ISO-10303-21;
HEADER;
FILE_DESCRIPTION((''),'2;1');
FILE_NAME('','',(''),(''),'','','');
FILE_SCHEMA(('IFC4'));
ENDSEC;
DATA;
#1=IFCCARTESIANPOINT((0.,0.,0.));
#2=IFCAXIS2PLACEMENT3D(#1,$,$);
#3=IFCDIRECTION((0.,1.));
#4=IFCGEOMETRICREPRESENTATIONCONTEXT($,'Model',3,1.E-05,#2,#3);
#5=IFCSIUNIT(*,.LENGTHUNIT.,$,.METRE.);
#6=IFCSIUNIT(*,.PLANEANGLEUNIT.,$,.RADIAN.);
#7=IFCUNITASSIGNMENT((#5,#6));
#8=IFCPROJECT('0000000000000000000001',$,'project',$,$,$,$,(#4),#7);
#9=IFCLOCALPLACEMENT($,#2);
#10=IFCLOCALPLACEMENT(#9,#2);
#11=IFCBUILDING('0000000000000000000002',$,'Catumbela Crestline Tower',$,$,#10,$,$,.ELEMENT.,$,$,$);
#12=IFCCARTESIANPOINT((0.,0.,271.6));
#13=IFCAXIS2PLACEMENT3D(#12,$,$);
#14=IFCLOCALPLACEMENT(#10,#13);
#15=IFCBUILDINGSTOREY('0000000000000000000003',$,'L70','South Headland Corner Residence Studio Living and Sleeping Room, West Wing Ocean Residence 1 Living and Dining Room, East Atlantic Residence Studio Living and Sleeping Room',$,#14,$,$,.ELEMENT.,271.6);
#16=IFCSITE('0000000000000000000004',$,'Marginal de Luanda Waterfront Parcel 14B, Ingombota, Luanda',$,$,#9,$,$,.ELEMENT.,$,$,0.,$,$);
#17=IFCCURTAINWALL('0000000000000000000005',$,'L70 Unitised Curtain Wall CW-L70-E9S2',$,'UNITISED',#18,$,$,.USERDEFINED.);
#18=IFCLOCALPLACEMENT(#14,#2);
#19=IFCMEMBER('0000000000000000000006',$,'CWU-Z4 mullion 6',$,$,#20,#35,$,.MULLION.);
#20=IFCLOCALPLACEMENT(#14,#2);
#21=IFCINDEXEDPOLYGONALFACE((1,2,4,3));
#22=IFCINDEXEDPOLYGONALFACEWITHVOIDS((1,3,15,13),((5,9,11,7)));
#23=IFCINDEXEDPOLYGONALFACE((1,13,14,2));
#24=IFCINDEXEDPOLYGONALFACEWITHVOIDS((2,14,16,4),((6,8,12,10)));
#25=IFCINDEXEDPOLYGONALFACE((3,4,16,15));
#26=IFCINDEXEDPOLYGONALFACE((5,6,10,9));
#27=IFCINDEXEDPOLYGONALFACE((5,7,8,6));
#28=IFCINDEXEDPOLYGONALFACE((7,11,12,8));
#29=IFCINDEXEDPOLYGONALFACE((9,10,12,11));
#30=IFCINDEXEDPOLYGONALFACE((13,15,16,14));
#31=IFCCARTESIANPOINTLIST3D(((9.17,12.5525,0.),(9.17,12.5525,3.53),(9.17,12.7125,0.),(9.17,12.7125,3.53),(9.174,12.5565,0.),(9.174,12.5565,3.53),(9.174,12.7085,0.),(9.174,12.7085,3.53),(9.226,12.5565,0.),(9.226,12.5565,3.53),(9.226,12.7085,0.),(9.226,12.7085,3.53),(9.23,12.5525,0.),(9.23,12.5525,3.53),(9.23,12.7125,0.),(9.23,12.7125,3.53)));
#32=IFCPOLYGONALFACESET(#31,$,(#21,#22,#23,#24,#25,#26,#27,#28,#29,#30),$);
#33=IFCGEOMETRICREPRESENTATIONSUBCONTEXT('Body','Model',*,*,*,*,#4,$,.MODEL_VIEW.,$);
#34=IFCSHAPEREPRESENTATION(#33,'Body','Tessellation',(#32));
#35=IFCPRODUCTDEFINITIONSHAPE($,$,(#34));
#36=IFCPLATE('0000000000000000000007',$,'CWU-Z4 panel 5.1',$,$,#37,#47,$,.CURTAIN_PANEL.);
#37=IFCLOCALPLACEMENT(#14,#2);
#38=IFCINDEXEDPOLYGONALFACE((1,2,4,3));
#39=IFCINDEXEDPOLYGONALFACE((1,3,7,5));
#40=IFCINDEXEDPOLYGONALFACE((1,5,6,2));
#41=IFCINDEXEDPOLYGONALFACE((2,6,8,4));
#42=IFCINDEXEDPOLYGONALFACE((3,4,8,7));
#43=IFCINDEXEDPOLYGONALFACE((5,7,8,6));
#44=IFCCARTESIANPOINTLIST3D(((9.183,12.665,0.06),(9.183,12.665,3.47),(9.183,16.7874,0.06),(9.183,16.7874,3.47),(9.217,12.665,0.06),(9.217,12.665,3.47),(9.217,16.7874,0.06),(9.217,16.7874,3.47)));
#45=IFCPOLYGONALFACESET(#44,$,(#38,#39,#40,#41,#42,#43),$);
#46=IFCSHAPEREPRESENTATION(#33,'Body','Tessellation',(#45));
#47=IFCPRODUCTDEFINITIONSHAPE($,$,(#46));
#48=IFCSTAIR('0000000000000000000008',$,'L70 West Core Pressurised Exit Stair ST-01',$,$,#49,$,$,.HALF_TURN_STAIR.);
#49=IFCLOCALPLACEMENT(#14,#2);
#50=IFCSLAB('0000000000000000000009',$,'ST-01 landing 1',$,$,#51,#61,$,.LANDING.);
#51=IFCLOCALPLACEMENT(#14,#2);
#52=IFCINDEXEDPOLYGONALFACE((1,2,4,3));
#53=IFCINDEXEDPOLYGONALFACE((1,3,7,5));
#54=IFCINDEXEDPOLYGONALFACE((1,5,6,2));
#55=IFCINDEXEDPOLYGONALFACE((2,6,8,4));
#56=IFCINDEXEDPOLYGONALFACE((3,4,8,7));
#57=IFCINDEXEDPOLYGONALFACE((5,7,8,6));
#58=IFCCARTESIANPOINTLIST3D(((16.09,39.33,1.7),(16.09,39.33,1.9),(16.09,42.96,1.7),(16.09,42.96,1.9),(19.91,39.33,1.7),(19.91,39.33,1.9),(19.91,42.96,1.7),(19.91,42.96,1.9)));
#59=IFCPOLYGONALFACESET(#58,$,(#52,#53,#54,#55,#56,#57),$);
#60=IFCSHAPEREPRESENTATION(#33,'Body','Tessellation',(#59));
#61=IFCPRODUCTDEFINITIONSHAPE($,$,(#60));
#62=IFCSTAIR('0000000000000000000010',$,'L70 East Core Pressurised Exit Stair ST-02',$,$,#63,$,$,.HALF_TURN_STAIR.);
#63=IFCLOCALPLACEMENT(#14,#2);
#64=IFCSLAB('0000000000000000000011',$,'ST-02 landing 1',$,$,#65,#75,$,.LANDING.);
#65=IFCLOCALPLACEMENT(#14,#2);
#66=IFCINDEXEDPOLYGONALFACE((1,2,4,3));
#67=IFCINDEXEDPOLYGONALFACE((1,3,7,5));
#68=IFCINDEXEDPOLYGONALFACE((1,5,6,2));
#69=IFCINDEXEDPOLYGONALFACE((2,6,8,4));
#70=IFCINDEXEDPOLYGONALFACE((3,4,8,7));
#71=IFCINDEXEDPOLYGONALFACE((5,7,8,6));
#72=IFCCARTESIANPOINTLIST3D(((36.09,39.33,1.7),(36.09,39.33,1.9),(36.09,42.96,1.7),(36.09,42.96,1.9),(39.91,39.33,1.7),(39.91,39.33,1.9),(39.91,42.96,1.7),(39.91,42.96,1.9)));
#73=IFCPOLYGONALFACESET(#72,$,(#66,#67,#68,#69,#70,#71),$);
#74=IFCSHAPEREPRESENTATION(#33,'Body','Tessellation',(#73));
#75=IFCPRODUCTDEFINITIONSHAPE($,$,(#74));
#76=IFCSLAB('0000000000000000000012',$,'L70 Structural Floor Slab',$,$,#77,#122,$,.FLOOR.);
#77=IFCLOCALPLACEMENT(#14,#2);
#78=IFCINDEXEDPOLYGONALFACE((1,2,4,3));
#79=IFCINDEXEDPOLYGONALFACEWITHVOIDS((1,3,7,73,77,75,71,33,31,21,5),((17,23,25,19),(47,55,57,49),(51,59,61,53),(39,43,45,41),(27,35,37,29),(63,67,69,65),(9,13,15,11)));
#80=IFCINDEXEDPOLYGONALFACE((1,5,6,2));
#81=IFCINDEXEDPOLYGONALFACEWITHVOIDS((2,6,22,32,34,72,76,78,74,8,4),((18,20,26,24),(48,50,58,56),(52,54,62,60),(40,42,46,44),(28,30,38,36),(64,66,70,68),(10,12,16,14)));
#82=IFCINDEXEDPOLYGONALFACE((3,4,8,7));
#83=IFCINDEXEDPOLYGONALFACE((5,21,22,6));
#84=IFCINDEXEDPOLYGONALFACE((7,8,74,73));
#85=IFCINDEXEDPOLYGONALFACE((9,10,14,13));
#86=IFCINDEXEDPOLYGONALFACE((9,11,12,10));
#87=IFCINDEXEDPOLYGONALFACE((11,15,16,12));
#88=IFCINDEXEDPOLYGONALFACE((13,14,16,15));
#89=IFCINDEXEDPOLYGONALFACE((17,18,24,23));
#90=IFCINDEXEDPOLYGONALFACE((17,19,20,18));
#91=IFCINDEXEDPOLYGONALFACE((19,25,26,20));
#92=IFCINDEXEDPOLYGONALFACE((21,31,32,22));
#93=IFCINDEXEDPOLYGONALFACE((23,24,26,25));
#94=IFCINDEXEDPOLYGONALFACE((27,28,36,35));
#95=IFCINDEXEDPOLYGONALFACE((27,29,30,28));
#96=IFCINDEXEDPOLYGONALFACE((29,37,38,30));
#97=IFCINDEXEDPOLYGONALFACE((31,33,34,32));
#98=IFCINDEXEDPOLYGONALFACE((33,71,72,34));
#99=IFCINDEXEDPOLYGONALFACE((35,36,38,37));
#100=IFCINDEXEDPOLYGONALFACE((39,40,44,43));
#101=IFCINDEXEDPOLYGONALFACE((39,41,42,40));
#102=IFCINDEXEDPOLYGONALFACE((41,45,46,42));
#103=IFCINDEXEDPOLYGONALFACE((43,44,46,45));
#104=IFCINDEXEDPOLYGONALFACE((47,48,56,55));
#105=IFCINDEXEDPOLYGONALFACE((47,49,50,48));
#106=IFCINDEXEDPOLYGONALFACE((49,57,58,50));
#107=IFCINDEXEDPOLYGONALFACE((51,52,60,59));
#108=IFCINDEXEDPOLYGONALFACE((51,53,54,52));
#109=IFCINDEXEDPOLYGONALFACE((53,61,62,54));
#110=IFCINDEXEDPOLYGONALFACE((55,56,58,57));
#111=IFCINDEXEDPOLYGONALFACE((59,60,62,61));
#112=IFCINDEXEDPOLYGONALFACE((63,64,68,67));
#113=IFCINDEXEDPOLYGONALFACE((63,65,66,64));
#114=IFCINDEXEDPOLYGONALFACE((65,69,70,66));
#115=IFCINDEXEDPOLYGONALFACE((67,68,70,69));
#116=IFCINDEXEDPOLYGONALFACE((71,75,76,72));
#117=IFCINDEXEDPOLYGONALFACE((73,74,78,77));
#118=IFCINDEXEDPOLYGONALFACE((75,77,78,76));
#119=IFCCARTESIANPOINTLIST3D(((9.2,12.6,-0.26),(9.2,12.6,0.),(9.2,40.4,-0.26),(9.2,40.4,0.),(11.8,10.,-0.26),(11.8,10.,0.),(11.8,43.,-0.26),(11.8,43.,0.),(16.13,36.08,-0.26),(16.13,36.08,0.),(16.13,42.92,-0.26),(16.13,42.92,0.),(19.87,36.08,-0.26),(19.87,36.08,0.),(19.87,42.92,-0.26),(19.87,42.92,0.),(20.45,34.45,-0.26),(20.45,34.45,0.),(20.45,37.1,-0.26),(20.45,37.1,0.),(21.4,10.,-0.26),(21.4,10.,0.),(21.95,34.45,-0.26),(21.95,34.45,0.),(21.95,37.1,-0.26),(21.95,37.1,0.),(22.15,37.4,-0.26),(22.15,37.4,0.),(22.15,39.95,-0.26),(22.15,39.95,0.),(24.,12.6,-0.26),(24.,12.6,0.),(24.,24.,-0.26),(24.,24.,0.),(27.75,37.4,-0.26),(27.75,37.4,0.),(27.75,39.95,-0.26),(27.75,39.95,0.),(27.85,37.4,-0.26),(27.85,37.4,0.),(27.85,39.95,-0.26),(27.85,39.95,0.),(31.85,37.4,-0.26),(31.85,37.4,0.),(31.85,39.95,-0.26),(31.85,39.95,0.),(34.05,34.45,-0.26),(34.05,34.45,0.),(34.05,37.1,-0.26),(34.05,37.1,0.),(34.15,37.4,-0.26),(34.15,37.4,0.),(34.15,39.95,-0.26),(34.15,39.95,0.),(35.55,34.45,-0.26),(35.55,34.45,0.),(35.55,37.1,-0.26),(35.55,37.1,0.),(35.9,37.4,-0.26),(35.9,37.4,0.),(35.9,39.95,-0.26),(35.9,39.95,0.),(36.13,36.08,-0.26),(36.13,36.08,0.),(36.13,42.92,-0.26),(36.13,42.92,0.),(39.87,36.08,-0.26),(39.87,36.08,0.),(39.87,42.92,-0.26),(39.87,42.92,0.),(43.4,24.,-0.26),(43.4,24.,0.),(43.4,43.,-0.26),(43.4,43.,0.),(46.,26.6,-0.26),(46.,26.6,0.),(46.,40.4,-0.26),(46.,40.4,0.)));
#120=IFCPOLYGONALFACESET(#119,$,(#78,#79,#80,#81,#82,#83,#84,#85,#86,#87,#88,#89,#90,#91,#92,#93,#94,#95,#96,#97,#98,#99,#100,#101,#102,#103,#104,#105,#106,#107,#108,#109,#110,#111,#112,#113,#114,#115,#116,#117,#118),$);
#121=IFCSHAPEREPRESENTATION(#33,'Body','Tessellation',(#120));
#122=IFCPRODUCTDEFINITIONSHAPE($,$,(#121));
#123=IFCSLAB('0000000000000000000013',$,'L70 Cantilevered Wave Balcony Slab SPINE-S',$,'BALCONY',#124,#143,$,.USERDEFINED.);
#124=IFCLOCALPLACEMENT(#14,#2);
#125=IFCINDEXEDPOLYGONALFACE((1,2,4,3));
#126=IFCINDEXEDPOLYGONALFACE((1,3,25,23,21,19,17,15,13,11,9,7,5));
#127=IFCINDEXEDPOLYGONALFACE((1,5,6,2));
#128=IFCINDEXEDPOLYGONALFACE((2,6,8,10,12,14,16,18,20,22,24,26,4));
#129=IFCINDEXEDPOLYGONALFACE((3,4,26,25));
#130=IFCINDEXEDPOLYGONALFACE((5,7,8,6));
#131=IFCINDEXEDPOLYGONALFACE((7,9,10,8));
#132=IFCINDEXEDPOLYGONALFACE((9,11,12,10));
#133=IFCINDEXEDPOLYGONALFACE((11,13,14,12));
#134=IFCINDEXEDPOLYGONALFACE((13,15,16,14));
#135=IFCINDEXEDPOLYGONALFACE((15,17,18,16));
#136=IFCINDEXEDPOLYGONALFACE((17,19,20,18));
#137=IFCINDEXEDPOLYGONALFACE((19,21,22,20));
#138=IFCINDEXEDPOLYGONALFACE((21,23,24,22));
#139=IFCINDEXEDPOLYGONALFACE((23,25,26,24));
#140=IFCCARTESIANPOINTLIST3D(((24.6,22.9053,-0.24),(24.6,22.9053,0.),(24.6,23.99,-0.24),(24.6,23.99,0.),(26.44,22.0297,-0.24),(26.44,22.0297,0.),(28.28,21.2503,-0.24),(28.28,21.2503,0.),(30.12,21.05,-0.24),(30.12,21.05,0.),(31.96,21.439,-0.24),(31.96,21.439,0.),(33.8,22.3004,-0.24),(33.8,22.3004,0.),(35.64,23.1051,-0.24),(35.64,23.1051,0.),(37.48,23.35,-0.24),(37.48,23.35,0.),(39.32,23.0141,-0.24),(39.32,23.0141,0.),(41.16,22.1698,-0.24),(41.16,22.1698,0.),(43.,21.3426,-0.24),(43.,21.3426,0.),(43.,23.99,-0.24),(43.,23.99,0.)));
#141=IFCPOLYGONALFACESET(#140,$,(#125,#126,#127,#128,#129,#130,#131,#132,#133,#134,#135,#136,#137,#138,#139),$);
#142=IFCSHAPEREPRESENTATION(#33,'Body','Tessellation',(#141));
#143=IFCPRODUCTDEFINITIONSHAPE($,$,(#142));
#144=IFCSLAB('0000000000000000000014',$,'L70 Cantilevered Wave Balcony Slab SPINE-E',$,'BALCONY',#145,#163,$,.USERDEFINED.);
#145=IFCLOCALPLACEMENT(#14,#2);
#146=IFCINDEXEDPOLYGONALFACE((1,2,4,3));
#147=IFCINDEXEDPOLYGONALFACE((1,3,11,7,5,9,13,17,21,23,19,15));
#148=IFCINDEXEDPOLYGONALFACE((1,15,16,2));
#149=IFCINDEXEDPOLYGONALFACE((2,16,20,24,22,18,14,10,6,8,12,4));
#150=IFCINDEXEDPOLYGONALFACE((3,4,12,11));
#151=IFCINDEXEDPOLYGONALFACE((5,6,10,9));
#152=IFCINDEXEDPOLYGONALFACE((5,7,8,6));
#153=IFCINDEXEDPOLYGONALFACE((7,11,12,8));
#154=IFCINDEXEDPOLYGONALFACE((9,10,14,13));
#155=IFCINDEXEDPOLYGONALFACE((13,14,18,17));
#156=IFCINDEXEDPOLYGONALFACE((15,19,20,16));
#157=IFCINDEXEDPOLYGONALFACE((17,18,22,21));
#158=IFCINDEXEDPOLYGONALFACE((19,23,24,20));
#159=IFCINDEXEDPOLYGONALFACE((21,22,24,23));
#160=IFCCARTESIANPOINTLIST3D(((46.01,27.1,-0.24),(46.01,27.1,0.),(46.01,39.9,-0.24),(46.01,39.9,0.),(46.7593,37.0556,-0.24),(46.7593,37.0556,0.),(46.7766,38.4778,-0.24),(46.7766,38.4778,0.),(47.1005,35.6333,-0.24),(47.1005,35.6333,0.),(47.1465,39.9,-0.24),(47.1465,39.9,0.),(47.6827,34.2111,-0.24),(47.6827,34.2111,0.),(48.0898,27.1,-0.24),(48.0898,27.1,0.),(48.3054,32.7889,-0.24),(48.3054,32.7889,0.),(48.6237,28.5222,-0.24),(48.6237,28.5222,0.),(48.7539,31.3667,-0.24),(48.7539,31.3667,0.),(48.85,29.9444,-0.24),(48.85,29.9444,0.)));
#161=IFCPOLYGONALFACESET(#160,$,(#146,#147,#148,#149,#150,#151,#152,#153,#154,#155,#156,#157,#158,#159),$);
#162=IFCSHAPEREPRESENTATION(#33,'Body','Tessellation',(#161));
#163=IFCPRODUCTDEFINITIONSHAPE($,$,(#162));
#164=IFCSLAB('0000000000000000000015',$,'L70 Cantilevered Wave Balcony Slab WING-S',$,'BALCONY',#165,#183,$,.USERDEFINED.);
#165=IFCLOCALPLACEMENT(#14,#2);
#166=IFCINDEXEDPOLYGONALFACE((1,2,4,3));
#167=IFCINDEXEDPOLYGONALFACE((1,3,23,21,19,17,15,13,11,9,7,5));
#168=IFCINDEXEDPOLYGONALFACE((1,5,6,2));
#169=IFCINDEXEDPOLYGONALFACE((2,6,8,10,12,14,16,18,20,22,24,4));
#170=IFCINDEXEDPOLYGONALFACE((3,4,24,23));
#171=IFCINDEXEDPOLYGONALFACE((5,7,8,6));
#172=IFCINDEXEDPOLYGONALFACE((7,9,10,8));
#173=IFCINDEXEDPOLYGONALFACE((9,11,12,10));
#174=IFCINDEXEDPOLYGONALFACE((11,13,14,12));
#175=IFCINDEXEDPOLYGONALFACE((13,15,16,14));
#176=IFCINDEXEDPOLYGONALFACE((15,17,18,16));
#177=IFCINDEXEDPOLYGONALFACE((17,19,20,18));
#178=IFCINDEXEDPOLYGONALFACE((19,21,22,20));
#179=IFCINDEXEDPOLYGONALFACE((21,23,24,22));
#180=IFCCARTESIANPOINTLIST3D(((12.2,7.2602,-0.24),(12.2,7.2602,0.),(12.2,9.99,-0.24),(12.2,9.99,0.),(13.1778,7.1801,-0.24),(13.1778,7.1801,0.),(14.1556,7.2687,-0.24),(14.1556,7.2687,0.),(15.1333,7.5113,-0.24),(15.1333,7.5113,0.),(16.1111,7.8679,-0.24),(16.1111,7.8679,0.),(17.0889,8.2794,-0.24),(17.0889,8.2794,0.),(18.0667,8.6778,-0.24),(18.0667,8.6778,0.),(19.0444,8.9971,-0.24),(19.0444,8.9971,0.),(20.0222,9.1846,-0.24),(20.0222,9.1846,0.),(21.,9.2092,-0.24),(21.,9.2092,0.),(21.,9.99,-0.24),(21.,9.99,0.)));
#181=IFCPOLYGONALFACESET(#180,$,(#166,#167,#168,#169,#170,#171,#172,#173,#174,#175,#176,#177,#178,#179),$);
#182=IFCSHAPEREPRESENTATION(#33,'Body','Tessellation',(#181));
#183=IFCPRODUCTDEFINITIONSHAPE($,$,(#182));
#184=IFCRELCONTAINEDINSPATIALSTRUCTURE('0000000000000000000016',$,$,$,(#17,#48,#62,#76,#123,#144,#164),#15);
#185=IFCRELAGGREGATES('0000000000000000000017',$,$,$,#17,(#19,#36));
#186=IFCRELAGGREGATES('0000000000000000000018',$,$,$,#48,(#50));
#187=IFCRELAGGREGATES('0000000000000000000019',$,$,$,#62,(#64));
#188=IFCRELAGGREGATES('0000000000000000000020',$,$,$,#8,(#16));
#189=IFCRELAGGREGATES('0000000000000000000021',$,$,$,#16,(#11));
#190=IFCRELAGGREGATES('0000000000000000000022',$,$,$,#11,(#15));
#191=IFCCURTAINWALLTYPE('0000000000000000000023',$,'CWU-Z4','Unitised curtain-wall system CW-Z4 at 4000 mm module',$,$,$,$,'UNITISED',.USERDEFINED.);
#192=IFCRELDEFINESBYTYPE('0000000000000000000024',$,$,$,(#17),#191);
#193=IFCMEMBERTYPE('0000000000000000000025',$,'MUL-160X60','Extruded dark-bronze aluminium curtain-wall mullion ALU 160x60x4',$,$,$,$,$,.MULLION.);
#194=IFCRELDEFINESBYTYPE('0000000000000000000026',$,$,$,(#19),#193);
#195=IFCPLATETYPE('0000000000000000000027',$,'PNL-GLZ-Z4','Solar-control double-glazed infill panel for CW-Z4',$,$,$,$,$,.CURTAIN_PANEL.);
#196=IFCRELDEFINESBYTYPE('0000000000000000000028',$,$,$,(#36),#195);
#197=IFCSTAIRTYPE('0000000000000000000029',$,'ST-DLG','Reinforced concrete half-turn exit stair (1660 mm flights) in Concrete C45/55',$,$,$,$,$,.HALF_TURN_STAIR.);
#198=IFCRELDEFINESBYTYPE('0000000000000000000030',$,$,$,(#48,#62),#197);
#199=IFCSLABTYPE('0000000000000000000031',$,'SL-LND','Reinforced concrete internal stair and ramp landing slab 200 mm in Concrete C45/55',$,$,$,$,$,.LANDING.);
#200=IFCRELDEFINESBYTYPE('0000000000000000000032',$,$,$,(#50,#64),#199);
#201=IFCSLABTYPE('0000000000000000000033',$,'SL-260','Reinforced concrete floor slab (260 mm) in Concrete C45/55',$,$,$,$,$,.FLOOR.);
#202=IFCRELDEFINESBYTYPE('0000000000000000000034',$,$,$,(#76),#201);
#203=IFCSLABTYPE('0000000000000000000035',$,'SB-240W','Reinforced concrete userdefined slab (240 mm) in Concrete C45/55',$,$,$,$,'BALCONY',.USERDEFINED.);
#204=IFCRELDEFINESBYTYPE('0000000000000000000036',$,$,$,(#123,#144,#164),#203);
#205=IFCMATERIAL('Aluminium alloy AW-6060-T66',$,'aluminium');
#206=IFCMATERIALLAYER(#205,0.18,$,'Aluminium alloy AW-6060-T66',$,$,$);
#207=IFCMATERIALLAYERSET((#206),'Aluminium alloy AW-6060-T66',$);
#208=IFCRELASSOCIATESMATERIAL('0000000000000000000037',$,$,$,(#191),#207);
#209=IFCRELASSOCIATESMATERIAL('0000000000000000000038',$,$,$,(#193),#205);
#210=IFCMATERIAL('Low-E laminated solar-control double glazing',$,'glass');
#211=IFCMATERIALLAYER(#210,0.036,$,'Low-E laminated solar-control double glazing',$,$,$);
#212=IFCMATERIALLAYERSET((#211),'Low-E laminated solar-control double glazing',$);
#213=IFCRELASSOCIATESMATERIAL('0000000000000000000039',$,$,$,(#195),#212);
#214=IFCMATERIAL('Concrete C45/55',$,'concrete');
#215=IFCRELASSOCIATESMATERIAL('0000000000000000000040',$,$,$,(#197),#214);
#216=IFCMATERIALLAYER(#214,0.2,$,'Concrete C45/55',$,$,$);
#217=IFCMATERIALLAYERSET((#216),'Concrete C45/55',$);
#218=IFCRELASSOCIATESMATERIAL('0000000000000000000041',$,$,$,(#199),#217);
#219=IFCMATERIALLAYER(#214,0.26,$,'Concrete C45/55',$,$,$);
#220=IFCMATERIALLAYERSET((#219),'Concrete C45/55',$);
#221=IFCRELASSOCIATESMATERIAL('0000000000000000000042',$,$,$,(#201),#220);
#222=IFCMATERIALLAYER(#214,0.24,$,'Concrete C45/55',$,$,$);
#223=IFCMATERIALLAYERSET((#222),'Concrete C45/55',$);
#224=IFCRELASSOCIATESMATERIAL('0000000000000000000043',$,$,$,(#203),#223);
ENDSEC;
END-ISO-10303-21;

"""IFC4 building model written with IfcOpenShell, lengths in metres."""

from ifc_helpers import new_model, si_unit, direction, frame, origin, origin_2d, place, context, subcontext, project, spatial, polyline, rectangle, hollow_rectangle, outline, extrude, material, layer, layer_set, material_profile, profile_set, type_object, element, aggregate, save


model = new_model("IFC4")

# Units and contexts
model_context = context("Model", 3, precision=1e-05, world=origin(), true_north=direction((0.0, 1.0)))
body_context = subcontext(model_context, "Body", "Model", "MODEL_VIEW")
ifc_project = project(units=[si_unit("LENGTHUNIT", "METRE"), si_unit("PLANEANGLEUNIT", "RADIAN")], contexts=[model_context])

# Site, building, storey
site_placement = place(None, origin())
site = spatial("IfcSite", under=ifc_project, at=site_placement, Name="Marginal de Luanda Waterfront Parcel 14B, Ingombota, Luanda", CompositionType="ELEMENT", RefElevation=0.0)
building_placement = place(site_placement, origin())
building = spatial("IfcBuilding", under=site, at=building_placement, Name="Catumbela Crestline Tower", CompositionType="ELEMENT")
storey_placement = place(building_placement, frame((0.0, 0.0, 271.6)))
storey = spatial("IfcBuildingStorey", under=building, at=storey_placement, Name="L70", Description="South Headland Corner Residence Studio Living and Sleeping Room, West Wing Ocean Residence 1 Living and Dining Room, East Atlantic Residence Studio Living and Sleeping Room", CompositionType="ELEMENT", Elevation=271.6)

# Curtain wall, member, plate
ifc_material_1 = material(Name="Aluminium alloy AW-6060-T66", Category="aluminium")
ifc_layer_1 = layer(ifc_material_1, 0.18, Name="Aluminium alloy AW-6060-T66")
ifc_layer_set_1 = layer_set([ifc_layer_1], Name="Aluminium alloy AW-6060-T66")
curtain_wall_type = type_object("IfcCurtainWallType", Name="CWU-Z4", Description="Unitised curtain-wall system CW-Z4 at 4000 mm module", ElementType="UNITISED", PredefinedType="USERDEFINED", material=ifc_layer_set_1)
curtain_wall_placement = place(storey_placement, origin())
curtain_wall = element("IfcCurtainWall", 1, at=curtain_wall_placement, inside=storey, type_object=curtain_wall_type, Name="L70 Unitised Curtain Wall CW-L70-E9S2", ObjectType="UNITISED", PredefinedType="USERDEFINED")
ifc_material_profile = material_profile(ifc_material_1, hollow_rectangle(XDim=0.06, YDim=0.16, WallThickness=0.004, at=origin_2d()), Name="ALU 160x60x4")
ifc_profile_set = profile_set([ifc_material_profile], Name="Aluminium alloy AW-6060-T66")
member_type = type_object("IfcMemberType", Name="MUL-160X60", Description="Extruded dark-bronze aluminium curtain-wall mullion ALU 160x60x4", PredefinedType="MULLION", material=ifc_profile_set)
member_placement = place(storey_placement, frame((9.2, 12.6325, 0.0), z_axis=(0.0, 0.0, 1.0), x_axis=(1.0, 0.0, 0.0)))
member = element("IfcMember", 2, at=member_placement, type_object=member_type, Name="CWU-Z4 mullion 6", PredefinedType="MULLION", context=body_context, shape_type="SweptSolid", body=[
    extrude(hollow_rectangle(XDim=0.06, YDim=0.16, WallThickness=0.004, at=origin_2d()), origin(), (0.0, 0.0, 1.0), 3.53),
])
ifc_material_2 = material(Name="Low-E laminated solar-control double glazing", Category="glass")
ifc_layer_2 = layer(ifc_material_2, 0.036, Name="Low-E laminated solar-control double glazing")
ifc_layer_set_2 = layer_set([ifc_layer_2], Name="Low-E laminated solar-control double glazing")
plate_type = type_object("IfcPlateType", Name="PNL-GLZ-Z4", Description="Solar-control double-glazed infill panel for CW-Z4", PredefinedType="CURTAIN_PANEL", material=ifc_layer_set_2)
plate_placement = place(storey_placement, frame((9.2, 14.7262, 0.06), z_axis=(0.0, 0.0, 1.0), x_axis=(0.0, -1.0, 0.0)))
plate = element("IfcPlate", 3, at=plate_placement, type_object=plate_type, Name="CWU-Z4 panel 5.1", PredefinedType="CURTAIN_PANEL", context=body_context, shape_type="SweptSolid", body=[
    extrude(rectangle(XDim=4.1225, YDim=0.034, at=origin_2d()), origin(), (0.0, 0.0, 1.0), 3.41),
])
aggregate(curtain_wall, [member, plate])

# Stairs, slabs
ifc_material_3 = material(Name="Concrete C45/55", Category="concrete")
stair_type = type_object("IfcStairType", Name="ST-DLG", Description="Reinforced concrete half-turn exit stair (1660 mm flights) in Concrete C45/55", PredefinedType="HALF_TURN_STAIR", material=ifc_material_3)
stair_1_placement = place(storey_placement, origin())
stair_1 = element("IfcStair", 4, at=stair_1_placement, inside=storey, type_object=stair_type, Name="L70 West Core Pressurised Exit Stair ST-01", PredefinedType="HALF_TURN_STAIR")
ifc_layer_3 = layer(ifc_material_3, 0.2, Name="Concrete C45/55")
ifc_layer_set_3 = layer_set([ifc_layer_3], Name="Concrete C45/55")
slab_type_1 = type_object("IfcSlabType", Name="SL-LND", Description="Reinforced concrete internal stair and ramp landing slab 200 mm in Concrete C45/55", PredefinedType="LANDING", material=ifc_layer_set_3)
slab_1_placement = place(storey_placement, frame((0.0, 0.0, 1.7)))
slab_1 = element("IfcSlab", 5, at=slab_1_placement, type_object=slab_type_1, Name="ST-01 landing 1", PredefinedType="LANDING", context=body_context, shape_type="SweptSolid", body=[
    extrude(outline(polyline([(19.91, 39.33), (19.91, 42.96), (16.09, 42.96), (16.09, 39.33), (19.91, 39.33)])), origin(), (0.0, 0.0, 1.0), 0.2),
])
aggregate(stair_1, [slab_1])
stair_2_placement = place(storey_placement, origin())
stair_2 = element("IfcStair", 6, at=stair_2_placement, inside=storey, type_object=stair_type, Name="L70 East Core Pressurised Exit Stair ST-02", PredefinedType="HALF_TURN_STAIR")
slab_2_placement = place(storey_placement, frame((0.0, 0.0, 1.7)))
slab_2 = element("IfcSlab", 7, at=slab_2_placement, type_object=slab_type_1, Name="ST-02 landing 1", PredefinedType="LANDING", context=body_context, shape_type="SweptSolid", body=[
    extrude(outline(polyline([(39.91, 39.33), (39.91, 42.96), (36.09, 42.96), (36.09, 39.33), (39.91, 39.33)])), origin(), (0.0, 0.0, 1.0), 0.2),
])
aggregate(stair_2, [slab_2])

# Slabs
ifc_layer_4 = layer(ifc_material_3, 0.26, Name="Concrete C45/55")
ifc_layer_set_4 = layer_set([ifc_layer_4], Name="Concrete C45/55")
slab_type_2 = type_object("IfcSlabType", Name="SL-260", Description="Reinforced concrete floor slab (260 mm) in Concrete C45/55", PredefinedType="FLOOR", material=ifc_layer_set_4)
slab_3_placement = place(storey_placement, frame((0.0, 0.0, -0.26)))
element("IfcSlab", 8, at=slab_3_placement, inside=storey, type_object=slab_type_2, Name="L70 Structural Floor Slab", PredefinedType="FLOOR", context=body_context, shape_type="SweptSolid", body=[
    extrude(outline(polyline([(11.8, 10.0), (21.4, 10.0), (24.0, 12.6), (24.0, 24.0), (43.4, 24.0), (46.0, 26.6), (46.0, 40.4), (43.4, 43.0), (11.8, 43.0), (9.2, 40.4), (9.2, 12.6), (11.8, 10.0)]), holes=[polyline([(16.13, 36.08), (19.87, 36.08), (19.87, 42.92), (16.13, 42.92), (16.13, 36.08)]), polyline([(36.13, 36.08), (39.87, 36.08), (39.87, 42.92), (36.13, 42.92), (36.13, 36.08)]), polyline([(22.15, 37.4), (27.75, 37.4), (27.75, 39.95), (22.15, 39.95), (22.15, 37.4)]), polyline([(27.85, 37.4), (31.85, 37.4), (31.85, 39.95), (27.85, 39.95), (27.85, 37.4)]), polyline([(20.45, 34.45), (21.95, 34.45), (21.95, 37.1), (20.45, 37.1), (20.45, 34.45)]), polyline([(34.05, 34.45), (35.55, 34.45), (35.55, 37.1), (34.05, 37.1), (34.05, 34.45)]), polyline([(34.15, 37.4), (35.9, 37.4), (35.9, 39.95), (34.15, 39.95), (34.15, 37.4)])]), origin(), (0.0, 0.0, 1.0), 0.26),
])
ifc_layer_5 = layer(ifc_material_3, 0.24, Name="Concrete C45/55")
ifc_layer_set_5 = layer_set([ifc_layer_5], Name="Concrete C45/55")
slab_type_3 = type_object("IfcSlabType", Name="SB-240W", Description="Reinforced concrete userdefined slab (240 mm) in Concrete C45/55", ElementType="BALCONY", PredefinedType="USERDEFINED", material=ifc_layer_set_5)
slab_4_placement = place(storey_placement, frame((0.0, 0.0, -0.24)))
element("IfcSlab", 9, at=slab_4_placement, inside=storey, type_object=slab_type_3, Name="L70 Cantilevered Wave Balcony Slab SPINE-S", ObjectType="BALCONY", PredefinedType="USERDEFINED", context=body_context, shape_type="SweptSolid", body=[
    extrude(outline(polyline([(24.6, 22.9053), (26.44, 22.0297), (28.28, 21.2503), (30.12, 21.05), (31.96, 21.439), (33.8, 22.3004), (35.64, 23.1051), (37.48, 23.35), (39.32, 23.0141), (41.16, 22.1698), (43.0, 21.3426), (43.0, 23.99), (24.6, 23.99), (24.6, 22.9053)])), origin(), (0.0, 0.0, 1.0), 0.24),
])
slab_5_placement = place(storey_placement, frame((0.0, 0.0, -0.24)))
element("IfcSlab", 10, at=slab_5_placement, inside=storey, type_object=slab_type_3, Name="L70 Cantilevered Wave Balcony Slab SPINE-E", ObjectType="BALCONY", PredefinedType="USERDEFINED", context=body_context, shape_type="SweptSolid", body=[
    extrude(outline(polyline([(46.01, 27.1), (48.0898, 27.1), (48.6237, 28.5222), (48.85, 29.9444), (48.7539, 31.3667), (48.3054, 32.7889), (47.6827, 34.2111), (47.1005, 35.6333), (46.7593, 37.0556), (46.7766, 38.4778), (47.1465, 39.9), (46.01, 39.9), (46.01, 27.1)])), origin(), (0.0, 0.0, 1.0), 0.24),
])
slab_6_placement = place(storey_placement, frame((0.0, 0.0, -0.24)))
element("IfcSlab", 11, at=slab_6_placement, inside=storey, type_object=slab_type_3, Name="L70 Cantilevered Wave Balcony Slab WING-S", ObjectType="BALCONY", PredefinedType="USERDEFINED", context=body_context, shape_type="SweptSolid", body=[
    extrude(outline(polyline([(12.2, 7.2602), (13.1778, 7.1801), (14.1556, 7.2687), (15.1333, 7.5113), (16.1111, 7.8679), (17.0889, 8.2794), (18.0667, 8.6778), (19.0444, 8.9971), (20.0222, 9.1846), (21.0, 9.2092), (21.0, 9.99), (12.2, 9.99), (12.2, 7.2602)])), origin(), (0.0, 0.0, 1.0), 0.24),
])

save(model, "model.ifc")
